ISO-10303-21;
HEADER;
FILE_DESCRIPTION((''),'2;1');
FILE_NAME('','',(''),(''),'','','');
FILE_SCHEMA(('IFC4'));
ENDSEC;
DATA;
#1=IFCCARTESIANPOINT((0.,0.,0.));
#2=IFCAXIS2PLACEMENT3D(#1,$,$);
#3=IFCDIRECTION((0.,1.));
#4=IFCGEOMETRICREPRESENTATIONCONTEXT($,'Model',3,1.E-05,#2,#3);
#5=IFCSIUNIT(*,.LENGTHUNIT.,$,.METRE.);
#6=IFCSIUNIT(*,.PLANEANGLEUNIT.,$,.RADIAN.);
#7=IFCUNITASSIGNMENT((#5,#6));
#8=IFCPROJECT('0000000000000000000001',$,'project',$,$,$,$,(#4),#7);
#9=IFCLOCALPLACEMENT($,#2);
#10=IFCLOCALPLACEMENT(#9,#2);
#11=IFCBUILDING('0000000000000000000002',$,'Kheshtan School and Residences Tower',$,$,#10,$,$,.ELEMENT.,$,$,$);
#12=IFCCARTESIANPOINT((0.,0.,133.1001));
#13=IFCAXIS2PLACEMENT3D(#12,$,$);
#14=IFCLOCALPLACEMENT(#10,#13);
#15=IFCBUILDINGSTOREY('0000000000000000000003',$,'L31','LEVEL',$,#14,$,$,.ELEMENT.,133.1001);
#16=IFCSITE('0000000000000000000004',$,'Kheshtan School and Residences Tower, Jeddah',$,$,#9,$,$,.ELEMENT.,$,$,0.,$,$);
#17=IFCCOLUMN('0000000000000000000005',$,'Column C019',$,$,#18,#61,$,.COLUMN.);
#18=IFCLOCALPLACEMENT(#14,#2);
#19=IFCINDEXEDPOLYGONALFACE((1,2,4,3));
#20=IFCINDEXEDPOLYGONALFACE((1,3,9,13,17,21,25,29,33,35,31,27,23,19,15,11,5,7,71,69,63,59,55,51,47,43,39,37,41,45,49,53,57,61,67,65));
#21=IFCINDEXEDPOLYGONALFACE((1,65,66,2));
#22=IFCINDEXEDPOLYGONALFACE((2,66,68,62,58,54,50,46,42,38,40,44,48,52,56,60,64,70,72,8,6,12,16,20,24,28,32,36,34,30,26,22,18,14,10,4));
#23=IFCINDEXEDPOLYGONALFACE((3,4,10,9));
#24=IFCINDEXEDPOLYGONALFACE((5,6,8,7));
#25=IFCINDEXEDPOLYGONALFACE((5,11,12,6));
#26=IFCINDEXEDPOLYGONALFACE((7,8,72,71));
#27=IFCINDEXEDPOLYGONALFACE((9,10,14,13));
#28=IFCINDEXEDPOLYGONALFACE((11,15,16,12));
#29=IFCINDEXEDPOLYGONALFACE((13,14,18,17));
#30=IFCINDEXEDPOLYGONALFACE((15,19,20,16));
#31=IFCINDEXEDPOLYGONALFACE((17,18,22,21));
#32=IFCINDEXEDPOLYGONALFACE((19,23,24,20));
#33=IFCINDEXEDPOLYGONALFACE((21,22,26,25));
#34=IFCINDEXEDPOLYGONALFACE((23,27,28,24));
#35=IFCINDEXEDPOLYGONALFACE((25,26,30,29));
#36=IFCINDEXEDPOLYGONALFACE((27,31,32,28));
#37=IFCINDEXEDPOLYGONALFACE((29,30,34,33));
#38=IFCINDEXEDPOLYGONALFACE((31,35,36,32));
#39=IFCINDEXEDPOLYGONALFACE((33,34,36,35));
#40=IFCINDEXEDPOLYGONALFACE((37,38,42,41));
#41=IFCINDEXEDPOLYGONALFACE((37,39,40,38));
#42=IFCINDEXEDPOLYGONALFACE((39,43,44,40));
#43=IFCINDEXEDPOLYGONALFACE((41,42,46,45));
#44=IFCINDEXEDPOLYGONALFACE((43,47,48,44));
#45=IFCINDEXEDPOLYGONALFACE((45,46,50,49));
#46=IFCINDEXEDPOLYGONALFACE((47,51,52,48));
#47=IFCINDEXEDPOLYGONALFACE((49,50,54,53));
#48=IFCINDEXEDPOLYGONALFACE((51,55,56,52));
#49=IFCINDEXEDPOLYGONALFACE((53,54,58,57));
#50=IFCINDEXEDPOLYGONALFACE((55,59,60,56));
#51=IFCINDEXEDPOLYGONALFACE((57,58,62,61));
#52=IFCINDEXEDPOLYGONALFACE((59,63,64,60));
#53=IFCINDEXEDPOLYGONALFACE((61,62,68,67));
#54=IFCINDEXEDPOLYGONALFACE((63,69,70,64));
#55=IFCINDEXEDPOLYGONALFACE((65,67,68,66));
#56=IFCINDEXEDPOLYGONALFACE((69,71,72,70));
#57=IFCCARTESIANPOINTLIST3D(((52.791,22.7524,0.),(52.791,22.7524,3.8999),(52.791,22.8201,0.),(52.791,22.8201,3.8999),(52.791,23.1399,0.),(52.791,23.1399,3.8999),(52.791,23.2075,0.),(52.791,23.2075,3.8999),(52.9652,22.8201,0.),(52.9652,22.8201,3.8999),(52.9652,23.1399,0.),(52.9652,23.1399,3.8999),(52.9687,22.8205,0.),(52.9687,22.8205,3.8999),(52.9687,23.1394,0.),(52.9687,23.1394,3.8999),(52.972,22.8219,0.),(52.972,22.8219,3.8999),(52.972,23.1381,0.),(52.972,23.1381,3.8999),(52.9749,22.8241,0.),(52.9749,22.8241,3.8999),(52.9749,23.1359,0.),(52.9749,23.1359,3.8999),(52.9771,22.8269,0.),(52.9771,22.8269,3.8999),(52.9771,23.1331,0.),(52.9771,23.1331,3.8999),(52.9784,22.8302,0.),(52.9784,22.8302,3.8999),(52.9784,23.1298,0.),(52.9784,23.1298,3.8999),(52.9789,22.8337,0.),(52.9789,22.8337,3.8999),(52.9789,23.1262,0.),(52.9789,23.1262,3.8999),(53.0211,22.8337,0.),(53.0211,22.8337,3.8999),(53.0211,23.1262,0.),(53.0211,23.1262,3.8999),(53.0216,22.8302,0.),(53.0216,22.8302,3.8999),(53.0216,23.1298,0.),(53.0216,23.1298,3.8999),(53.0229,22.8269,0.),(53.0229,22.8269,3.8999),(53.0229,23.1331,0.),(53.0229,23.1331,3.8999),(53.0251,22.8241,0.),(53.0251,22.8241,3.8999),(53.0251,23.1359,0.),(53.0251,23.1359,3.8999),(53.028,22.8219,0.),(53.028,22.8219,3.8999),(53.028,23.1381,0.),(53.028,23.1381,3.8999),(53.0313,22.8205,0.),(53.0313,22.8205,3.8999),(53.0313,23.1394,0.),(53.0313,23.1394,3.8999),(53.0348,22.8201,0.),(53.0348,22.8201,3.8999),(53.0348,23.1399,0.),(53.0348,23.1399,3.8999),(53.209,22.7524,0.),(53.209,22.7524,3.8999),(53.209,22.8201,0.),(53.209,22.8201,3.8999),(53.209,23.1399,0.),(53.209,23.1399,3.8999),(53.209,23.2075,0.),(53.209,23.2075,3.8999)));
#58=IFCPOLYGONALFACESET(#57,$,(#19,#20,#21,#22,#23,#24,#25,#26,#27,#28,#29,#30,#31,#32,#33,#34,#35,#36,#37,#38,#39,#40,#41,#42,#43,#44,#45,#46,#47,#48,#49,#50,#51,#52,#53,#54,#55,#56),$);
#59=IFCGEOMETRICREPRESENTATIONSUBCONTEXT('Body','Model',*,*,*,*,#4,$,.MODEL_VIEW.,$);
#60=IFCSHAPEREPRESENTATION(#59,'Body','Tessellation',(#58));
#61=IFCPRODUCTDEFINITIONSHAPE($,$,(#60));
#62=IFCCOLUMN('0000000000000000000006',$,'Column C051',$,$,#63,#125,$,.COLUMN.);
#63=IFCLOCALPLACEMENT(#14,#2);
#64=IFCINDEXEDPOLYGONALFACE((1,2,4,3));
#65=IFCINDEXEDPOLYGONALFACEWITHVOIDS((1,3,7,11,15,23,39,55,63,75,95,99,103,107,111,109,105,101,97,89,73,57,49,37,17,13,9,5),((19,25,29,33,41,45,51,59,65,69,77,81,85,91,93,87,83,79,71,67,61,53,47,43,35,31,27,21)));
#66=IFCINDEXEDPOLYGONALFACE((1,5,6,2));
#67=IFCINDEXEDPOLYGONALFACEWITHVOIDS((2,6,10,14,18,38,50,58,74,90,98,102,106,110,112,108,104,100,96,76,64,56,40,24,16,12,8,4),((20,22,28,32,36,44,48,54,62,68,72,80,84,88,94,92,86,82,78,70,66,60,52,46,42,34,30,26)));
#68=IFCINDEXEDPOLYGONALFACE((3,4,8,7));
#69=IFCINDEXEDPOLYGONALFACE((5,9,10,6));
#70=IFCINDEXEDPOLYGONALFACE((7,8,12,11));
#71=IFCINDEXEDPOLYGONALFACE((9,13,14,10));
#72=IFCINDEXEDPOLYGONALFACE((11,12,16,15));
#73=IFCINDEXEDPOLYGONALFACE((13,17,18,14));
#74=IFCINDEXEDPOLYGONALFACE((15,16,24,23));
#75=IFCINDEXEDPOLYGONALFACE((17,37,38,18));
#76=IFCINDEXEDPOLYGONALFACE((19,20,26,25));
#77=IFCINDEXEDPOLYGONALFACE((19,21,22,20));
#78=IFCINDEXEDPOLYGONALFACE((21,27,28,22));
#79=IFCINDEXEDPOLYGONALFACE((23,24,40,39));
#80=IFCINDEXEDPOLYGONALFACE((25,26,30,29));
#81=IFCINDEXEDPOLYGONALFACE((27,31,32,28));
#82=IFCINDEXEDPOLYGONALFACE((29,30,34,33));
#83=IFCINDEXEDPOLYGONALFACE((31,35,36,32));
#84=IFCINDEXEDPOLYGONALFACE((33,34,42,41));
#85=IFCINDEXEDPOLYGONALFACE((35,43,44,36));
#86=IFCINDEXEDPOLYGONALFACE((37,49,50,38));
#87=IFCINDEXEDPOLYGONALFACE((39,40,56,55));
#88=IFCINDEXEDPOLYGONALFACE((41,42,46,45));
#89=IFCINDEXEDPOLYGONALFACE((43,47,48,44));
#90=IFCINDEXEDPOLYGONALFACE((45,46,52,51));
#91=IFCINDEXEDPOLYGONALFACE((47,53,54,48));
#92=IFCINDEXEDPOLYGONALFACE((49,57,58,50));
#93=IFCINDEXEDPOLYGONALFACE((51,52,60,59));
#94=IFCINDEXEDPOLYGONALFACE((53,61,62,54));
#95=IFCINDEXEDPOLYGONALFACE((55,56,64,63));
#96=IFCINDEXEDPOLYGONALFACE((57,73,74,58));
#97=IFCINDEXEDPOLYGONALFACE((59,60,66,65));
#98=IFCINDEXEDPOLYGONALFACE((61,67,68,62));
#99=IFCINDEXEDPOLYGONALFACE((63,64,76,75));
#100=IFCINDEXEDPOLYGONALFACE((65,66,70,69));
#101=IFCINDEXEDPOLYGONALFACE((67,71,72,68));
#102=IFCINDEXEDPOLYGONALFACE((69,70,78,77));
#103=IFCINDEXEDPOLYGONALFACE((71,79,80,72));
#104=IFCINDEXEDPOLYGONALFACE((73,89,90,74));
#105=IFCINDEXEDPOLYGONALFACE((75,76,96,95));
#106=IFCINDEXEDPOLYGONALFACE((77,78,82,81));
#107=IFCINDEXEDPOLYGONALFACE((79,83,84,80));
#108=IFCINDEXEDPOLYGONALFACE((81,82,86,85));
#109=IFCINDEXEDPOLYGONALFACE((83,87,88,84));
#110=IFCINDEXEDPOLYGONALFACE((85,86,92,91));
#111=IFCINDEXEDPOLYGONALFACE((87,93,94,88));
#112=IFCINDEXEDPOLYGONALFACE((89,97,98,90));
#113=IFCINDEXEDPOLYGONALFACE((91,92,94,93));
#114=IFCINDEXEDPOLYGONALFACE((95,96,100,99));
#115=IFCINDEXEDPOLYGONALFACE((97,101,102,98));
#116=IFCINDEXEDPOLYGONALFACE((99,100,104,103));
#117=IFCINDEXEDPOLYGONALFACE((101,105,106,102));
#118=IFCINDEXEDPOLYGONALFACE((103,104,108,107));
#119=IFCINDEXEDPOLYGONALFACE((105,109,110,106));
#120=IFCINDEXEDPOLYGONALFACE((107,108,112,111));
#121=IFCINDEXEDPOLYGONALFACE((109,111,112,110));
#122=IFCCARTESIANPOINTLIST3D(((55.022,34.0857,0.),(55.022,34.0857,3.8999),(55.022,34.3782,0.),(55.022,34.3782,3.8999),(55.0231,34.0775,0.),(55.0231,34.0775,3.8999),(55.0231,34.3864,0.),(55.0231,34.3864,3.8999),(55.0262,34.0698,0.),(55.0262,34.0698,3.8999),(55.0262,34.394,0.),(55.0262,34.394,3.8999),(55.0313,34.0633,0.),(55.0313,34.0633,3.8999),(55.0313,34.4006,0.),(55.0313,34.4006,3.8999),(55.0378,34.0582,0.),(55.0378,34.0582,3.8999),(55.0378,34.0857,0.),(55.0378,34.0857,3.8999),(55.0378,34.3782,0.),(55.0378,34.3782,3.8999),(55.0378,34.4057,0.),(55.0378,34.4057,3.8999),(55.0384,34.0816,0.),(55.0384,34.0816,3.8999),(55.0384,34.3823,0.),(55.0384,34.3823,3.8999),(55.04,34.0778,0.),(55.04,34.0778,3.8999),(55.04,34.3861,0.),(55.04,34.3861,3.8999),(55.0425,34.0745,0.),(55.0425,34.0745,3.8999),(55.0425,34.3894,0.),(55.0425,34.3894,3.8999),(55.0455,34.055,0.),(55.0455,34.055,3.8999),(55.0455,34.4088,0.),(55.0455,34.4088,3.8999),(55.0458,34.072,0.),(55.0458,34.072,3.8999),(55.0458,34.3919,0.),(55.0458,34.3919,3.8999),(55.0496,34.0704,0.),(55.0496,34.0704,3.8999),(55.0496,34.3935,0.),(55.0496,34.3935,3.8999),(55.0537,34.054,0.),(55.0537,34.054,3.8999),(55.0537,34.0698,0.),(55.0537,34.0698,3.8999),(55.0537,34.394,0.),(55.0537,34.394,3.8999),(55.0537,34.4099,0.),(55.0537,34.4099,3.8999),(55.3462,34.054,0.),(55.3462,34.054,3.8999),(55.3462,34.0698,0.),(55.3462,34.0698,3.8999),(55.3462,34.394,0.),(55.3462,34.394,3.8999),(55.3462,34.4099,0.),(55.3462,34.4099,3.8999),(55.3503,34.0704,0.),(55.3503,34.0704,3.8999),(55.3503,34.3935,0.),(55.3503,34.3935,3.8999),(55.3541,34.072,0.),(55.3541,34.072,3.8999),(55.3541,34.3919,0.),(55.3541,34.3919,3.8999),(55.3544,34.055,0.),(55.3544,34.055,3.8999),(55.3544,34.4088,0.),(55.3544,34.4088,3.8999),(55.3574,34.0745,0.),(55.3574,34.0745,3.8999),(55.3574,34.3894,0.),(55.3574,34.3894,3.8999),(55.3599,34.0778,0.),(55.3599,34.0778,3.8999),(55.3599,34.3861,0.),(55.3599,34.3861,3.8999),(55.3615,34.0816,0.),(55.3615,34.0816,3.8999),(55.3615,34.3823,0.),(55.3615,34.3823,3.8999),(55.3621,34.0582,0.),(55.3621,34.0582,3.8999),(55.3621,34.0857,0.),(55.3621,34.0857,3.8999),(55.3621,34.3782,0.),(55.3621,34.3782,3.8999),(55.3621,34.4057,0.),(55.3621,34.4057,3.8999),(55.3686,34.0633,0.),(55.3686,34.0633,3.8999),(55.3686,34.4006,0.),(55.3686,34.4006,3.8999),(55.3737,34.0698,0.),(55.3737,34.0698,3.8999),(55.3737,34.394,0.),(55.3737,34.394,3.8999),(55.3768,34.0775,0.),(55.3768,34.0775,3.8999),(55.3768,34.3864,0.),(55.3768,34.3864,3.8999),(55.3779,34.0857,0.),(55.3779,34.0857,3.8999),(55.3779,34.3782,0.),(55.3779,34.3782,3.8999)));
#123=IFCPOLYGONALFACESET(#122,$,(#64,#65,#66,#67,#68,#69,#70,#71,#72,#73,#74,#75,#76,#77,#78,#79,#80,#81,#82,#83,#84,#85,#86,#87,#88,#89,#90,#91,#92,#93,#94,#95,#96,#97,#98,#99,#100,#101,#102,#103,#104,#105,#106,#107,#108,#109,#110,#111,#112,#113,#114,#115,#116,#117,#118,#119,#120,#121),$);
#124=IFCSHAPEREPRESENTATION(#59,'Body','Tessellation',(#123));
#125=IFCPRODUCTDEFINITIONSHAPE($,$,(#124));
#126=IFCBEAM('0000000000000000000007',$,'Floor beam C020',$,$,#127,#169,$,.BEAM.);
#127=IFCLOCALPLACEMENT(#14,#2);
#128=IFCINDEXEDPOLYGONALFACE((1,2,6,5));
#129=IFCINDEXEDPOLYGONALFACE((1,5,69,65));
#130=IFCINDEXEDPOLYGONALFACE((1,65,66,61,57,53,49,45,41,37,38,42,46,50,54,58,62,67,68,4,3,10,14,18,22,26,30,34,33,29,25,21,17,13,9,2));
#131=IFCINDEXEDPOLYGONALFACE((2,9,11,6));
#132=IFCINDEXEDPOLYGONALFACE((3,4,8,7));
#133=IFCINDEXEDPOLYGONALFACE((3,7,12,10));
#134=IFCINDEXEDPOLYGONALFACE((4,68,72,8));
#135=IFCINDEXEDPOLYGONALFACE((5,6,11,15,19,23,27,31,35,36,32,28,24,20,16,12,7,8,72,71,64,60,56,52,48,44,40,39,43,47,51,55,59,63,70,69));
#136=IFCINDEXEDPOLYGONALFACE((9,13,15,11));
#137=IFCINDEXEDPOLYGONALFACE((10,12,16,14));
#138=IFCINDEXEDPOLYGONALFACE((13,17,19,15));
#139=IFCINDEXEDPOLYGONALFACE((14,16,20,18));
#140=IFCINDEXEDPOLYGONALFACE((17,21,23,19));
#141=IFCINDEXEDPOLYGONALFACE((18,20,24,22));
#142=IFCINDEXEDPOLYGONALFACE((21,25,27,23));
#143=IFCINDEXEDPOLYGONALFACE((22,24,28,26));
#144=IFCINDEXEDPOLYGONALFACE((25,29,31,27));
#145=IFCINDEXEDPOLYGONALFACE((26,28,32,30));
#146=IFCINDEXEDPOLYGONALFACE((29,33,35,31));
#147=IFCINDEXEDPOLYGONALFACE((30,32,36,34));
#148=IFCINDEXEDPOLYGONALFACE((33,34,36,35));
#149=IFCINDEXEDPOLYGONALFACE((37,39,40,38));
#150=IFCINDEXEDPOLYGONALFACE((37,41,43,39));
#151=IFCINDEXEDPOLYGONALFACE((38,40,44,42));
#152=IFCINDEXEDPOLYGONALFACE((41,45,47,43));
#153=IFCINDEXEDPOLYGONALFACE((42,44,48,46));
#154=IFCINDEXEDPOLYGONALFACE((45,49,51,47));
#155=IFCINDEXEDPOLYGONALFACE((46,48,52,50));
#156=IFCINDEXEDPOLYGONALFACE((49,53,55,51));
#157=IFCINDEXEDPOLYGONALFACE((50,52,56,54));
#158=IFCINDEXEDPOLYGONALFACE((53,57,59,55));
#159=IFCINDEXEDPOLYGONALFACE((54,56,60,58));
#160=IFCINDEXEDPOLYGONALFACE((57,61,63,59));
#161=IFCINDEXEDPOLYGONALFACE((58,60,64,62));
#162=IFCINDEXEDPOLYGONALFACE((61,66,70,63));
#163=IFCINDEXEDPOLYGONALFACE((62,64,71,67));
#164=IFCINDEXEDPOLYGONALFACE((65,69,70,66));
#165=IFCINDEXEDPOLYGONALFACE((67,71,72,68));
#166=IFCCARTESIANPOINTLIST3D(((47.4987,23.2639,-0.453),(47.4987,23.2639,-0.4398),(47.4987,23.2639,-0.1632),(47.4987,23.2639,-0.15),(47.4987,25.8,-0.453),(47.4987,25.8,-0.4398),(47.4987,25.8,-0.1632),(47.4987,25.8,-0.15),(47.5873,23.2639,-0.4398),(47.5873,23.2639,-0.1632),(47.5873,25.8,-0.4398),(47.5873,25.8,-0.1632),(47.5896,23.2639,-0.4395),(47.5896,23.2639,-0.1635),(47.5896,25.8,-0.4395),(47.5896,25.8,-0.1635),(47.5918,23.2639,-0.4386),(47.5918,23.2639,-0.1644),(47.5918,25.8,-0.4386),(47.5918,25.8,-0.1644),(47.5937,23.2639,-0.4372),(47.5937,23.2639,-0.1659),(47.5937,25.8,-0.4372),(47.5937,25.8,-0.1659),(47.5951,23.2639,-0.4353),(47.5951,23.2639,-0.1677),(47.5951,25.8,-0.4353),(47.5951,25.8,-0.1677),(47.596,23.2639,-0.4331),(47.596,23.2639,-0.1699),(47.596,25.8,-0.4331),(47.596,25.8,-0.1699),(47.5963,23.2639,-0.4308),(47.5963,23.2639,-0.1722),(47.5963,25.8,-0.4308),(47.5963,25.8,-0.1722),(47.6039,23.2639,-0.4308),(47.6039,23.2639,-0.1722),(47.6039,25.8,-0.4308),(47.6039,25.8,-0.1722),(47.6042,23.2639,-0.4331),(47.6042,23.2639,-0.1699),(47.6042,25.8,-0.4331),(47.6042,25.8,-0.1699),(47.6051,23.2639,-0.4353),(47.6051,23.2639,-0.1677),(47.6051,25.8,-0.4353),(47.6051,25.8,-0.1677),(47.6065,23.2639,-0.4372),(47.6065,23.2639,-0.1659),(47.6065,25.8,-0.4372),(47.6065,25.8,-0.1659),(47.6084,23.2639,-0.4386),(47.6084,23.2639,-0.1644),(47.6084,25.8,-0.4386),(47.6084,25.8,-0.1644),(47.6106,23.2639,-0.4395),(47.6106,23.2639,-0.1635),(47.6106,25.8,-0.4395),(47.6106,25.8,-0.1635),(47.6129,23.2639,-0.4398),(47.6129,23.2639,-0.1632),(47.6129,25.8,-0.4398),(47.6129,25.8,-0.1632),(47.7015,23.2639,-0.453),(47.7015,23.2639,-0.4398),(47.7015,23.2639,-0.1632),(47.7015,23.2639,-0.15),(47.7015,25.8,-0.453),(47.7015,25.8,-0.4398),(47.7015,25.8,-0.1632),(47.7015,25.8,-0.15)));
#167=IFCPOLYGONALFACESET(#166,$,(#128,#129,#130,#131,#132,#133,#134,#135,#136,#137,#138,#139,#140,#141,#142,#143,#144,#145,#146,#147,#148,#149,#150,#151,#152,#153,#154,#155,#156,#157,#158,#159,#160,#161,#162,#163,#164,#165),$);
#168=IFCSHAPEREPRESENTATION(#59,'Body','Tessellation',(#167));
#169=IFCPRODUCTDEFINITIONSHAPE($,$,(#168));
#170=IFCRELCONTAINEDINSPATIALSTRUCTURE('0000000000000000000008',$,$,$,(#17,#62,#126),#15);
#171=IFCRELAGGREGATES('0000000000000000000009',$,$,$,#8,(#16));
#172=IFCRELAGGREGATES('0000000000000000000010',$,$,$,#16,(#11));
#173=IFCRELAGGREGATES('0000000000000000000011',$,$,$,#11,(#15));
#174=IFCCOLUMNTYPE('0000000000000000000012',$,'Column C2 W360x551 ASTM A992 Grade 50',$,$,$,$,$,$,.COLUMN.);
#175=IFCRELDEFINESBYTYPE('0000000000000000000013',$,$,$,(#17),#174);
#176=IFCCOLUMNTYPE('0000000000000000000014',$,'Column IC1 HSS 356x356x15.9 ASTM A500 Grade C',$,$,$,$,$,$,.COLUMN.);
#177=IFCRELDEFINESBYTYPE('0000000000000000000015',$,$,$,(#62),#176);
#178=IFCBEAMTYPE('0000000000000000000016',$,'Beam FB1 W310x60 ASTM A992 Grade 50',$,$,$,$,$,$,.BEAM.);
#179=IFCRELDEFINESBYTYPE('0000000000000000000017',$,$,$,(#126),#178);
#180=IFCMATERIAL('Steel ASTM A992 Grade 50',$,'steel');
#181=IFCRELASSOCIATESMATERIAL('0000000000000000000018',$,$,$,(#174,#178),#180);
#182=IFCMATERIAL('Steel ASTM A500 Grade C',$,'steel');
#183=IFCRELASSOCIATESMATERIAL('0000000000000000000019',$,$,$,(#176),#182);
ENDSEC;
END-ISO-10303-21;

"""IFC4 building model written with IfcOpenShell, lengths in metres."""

from ifc_helpers import new_model, si_unit, direction, frame, origin, origin_2d, place, context, subcontext, project, spatial, hollow_rectangle, i_section, extrude, material, material_profile, profile_set, type_object, element, save


model = new_model("IFC4")

# Units and contexts
model_context = context("Model", 3, precision=1e-05, world=origin(), true_north=direction((0.0, 1.0)))
body_context = subcontext(model_context, "Body", "Model", "MODEL_VIEW")
ifc_project = project(units=[si_unit("LENGTHUNIT", "METRE"), si_unit("PLANEANGLEUNIT", "RADIAN")], contexts=[model_context])

# Site, building, storey
site_placement = place(None, origin())
site = spatial("IfcSite", under=ifc_project, at=site_placement, Name="Kheshtan School and Residences Tower, Jeddah", CompositionType="ELEMENT", RefElevation=0.0)
building_placement = place(site_placement, origin())
building = spatial("IfcBuilding", under=site, at=building_placement, Name="Kheshtan School and Residences Tower", CompositionType="ELEMENT")
storey_placement = place(building_placement, frame((0.0, 0.0, 133.1001)))
storey = spatial("IfcBuildingStorey", under=building, at=storey_placement, Name="L31", Description="LEVEL", CompositionType="ELEMENT", Elevation=133.1001)

# Columns
ifc_material_1 = material(Name="Steel ASTM A992 Grade 50", Category="steel")
ifc_material_profile_1 = material_profile(ifc_material_1, i_section(OverallWidth=0.418, OverallDepth=0.4551, WebThickness=0.0422, FlangeThickness=0.0676, FilletRadius=0.0137, at=origin_2d()), Name="W360x551")
ifc_profile_set_1 = profile_set([ifc_material_profile_1], Name="Steel ASTM A992 Grade 50")
column_type_1 = type_object("IfcColumnType", Name="Column C2 W360x551 ASTM A992 Grade 50", PredefinedType="COLUMN", material=ifc_profile_set_1)
column_1_placement = place(storey_placement, frame((53.0, 22.98, 0.0), z_axis=(0.0, 0.0, 1.0), x_axis=(1.0, 0.0, 0.0)))
element("IfcColumn", 1, at=column_1_placement, inside=storey, type_object=column_type_1, Name="Column C019", PredefinedType="COLUMN", context=body_context, shape_type="SweptSolid", body=[
    extrude(i_section(OverallWidth=0.418, OverallDepth=0.4551, WebThickness=0.0422, FlangeThickness=0.0676, FilletRadius=0.0137, at=origin_2d()), origin(), (0.0, 0.0, 1.0), 3.8999),
])
ifc_material_2 = material(Name="Steel ASTM A500 Grade C", Category="steel")
ifc_material_profile_2 = material_profile(ifc_material_2, hollow_rectangle(XDim=0.356, YDim=0.356, WallThickness=0.0159, InnerFilletRadius=0.0159, OuterFilletRadius=0.0317, at=origin_2d()), Name="HSS 356x356x15.9")
ifc_profile_set_2 = profile_set([ifc_material_profile_2], Name="Steel ASTM A500 Grade C")
column_type_2 = type_object("IfcColumnType", Name="Column IC1 HSS 356x356x15.9 ASTM A500 Grade C", PredefinedType="COLUMN", material=ifc_profile_set_2)
column_2_placement = place(storey_placement, frame((55.2, 34.2319, 0.0), z_axis=(0.0, 0.0, 1.0), x_axis=(1.0, 0.0, 0.0)))
element("IfcColumn", 2, at=column_2_placement, inside=storey, type_object=column_type_2, Name="Column C051", PredefinedType="COLUMN", context=body_context, shape_type="SweptSolid", body=[
    extrude(hollow_rectangle(XDim=0.356, YDim=0.356, WallThickness=0.0159, InnerFilletRadius=0.0159, OuterFilletRadius=0.0317, at=origin_2d()), origin(), (0.0, 0.0, 1.0), 3.8999),
])

# Beam
ifc_material_profile_3 = material_profile(ifc_material_1, i_section(OverallWidth=0.2029, OverallDepth=0.303, WebThickness=0.0076, FlangeThickness=0.0132, FilletRadius=0.009, at=origin_2d()), Name="W310x60")
ifc_profile_set_3 = profile_set([ifc_material_profile_3], Name="Steel ASTM A992 Grade 50")
beam_type_1 = type_object("IfcBeamType", Name="Beam FB1 W310x60 ASTM A992 Grade 50", PredefinedType="BEAM", material=ifc_profile_set_3)
beam_1_placement = place(storey_placement, frame((47.6001, 23.2639, -0.3015), z_axis=(0.0, 1.0, 0.0), x_axis=(-1.0, 0.0, 0.0)))
element("IfcBeam", 3, at=beam_1_placement, inside=storey, type_object=beam_type_1, Name="Floor beam C020", PredefinedType="BEAM", context=body_context, shape_type="SweptSolid", body=[
    extrude(i_section(OverallWidth=0.2029, OverallDepth=0.303, WebThickness=0.0076, FlangeThickness=0.0132, FilletRadius=0.009, at=origin_2d()), origin(), (0.0, 0.0, 1.0), 2.5361),
])

save(model, "model.ifc")
